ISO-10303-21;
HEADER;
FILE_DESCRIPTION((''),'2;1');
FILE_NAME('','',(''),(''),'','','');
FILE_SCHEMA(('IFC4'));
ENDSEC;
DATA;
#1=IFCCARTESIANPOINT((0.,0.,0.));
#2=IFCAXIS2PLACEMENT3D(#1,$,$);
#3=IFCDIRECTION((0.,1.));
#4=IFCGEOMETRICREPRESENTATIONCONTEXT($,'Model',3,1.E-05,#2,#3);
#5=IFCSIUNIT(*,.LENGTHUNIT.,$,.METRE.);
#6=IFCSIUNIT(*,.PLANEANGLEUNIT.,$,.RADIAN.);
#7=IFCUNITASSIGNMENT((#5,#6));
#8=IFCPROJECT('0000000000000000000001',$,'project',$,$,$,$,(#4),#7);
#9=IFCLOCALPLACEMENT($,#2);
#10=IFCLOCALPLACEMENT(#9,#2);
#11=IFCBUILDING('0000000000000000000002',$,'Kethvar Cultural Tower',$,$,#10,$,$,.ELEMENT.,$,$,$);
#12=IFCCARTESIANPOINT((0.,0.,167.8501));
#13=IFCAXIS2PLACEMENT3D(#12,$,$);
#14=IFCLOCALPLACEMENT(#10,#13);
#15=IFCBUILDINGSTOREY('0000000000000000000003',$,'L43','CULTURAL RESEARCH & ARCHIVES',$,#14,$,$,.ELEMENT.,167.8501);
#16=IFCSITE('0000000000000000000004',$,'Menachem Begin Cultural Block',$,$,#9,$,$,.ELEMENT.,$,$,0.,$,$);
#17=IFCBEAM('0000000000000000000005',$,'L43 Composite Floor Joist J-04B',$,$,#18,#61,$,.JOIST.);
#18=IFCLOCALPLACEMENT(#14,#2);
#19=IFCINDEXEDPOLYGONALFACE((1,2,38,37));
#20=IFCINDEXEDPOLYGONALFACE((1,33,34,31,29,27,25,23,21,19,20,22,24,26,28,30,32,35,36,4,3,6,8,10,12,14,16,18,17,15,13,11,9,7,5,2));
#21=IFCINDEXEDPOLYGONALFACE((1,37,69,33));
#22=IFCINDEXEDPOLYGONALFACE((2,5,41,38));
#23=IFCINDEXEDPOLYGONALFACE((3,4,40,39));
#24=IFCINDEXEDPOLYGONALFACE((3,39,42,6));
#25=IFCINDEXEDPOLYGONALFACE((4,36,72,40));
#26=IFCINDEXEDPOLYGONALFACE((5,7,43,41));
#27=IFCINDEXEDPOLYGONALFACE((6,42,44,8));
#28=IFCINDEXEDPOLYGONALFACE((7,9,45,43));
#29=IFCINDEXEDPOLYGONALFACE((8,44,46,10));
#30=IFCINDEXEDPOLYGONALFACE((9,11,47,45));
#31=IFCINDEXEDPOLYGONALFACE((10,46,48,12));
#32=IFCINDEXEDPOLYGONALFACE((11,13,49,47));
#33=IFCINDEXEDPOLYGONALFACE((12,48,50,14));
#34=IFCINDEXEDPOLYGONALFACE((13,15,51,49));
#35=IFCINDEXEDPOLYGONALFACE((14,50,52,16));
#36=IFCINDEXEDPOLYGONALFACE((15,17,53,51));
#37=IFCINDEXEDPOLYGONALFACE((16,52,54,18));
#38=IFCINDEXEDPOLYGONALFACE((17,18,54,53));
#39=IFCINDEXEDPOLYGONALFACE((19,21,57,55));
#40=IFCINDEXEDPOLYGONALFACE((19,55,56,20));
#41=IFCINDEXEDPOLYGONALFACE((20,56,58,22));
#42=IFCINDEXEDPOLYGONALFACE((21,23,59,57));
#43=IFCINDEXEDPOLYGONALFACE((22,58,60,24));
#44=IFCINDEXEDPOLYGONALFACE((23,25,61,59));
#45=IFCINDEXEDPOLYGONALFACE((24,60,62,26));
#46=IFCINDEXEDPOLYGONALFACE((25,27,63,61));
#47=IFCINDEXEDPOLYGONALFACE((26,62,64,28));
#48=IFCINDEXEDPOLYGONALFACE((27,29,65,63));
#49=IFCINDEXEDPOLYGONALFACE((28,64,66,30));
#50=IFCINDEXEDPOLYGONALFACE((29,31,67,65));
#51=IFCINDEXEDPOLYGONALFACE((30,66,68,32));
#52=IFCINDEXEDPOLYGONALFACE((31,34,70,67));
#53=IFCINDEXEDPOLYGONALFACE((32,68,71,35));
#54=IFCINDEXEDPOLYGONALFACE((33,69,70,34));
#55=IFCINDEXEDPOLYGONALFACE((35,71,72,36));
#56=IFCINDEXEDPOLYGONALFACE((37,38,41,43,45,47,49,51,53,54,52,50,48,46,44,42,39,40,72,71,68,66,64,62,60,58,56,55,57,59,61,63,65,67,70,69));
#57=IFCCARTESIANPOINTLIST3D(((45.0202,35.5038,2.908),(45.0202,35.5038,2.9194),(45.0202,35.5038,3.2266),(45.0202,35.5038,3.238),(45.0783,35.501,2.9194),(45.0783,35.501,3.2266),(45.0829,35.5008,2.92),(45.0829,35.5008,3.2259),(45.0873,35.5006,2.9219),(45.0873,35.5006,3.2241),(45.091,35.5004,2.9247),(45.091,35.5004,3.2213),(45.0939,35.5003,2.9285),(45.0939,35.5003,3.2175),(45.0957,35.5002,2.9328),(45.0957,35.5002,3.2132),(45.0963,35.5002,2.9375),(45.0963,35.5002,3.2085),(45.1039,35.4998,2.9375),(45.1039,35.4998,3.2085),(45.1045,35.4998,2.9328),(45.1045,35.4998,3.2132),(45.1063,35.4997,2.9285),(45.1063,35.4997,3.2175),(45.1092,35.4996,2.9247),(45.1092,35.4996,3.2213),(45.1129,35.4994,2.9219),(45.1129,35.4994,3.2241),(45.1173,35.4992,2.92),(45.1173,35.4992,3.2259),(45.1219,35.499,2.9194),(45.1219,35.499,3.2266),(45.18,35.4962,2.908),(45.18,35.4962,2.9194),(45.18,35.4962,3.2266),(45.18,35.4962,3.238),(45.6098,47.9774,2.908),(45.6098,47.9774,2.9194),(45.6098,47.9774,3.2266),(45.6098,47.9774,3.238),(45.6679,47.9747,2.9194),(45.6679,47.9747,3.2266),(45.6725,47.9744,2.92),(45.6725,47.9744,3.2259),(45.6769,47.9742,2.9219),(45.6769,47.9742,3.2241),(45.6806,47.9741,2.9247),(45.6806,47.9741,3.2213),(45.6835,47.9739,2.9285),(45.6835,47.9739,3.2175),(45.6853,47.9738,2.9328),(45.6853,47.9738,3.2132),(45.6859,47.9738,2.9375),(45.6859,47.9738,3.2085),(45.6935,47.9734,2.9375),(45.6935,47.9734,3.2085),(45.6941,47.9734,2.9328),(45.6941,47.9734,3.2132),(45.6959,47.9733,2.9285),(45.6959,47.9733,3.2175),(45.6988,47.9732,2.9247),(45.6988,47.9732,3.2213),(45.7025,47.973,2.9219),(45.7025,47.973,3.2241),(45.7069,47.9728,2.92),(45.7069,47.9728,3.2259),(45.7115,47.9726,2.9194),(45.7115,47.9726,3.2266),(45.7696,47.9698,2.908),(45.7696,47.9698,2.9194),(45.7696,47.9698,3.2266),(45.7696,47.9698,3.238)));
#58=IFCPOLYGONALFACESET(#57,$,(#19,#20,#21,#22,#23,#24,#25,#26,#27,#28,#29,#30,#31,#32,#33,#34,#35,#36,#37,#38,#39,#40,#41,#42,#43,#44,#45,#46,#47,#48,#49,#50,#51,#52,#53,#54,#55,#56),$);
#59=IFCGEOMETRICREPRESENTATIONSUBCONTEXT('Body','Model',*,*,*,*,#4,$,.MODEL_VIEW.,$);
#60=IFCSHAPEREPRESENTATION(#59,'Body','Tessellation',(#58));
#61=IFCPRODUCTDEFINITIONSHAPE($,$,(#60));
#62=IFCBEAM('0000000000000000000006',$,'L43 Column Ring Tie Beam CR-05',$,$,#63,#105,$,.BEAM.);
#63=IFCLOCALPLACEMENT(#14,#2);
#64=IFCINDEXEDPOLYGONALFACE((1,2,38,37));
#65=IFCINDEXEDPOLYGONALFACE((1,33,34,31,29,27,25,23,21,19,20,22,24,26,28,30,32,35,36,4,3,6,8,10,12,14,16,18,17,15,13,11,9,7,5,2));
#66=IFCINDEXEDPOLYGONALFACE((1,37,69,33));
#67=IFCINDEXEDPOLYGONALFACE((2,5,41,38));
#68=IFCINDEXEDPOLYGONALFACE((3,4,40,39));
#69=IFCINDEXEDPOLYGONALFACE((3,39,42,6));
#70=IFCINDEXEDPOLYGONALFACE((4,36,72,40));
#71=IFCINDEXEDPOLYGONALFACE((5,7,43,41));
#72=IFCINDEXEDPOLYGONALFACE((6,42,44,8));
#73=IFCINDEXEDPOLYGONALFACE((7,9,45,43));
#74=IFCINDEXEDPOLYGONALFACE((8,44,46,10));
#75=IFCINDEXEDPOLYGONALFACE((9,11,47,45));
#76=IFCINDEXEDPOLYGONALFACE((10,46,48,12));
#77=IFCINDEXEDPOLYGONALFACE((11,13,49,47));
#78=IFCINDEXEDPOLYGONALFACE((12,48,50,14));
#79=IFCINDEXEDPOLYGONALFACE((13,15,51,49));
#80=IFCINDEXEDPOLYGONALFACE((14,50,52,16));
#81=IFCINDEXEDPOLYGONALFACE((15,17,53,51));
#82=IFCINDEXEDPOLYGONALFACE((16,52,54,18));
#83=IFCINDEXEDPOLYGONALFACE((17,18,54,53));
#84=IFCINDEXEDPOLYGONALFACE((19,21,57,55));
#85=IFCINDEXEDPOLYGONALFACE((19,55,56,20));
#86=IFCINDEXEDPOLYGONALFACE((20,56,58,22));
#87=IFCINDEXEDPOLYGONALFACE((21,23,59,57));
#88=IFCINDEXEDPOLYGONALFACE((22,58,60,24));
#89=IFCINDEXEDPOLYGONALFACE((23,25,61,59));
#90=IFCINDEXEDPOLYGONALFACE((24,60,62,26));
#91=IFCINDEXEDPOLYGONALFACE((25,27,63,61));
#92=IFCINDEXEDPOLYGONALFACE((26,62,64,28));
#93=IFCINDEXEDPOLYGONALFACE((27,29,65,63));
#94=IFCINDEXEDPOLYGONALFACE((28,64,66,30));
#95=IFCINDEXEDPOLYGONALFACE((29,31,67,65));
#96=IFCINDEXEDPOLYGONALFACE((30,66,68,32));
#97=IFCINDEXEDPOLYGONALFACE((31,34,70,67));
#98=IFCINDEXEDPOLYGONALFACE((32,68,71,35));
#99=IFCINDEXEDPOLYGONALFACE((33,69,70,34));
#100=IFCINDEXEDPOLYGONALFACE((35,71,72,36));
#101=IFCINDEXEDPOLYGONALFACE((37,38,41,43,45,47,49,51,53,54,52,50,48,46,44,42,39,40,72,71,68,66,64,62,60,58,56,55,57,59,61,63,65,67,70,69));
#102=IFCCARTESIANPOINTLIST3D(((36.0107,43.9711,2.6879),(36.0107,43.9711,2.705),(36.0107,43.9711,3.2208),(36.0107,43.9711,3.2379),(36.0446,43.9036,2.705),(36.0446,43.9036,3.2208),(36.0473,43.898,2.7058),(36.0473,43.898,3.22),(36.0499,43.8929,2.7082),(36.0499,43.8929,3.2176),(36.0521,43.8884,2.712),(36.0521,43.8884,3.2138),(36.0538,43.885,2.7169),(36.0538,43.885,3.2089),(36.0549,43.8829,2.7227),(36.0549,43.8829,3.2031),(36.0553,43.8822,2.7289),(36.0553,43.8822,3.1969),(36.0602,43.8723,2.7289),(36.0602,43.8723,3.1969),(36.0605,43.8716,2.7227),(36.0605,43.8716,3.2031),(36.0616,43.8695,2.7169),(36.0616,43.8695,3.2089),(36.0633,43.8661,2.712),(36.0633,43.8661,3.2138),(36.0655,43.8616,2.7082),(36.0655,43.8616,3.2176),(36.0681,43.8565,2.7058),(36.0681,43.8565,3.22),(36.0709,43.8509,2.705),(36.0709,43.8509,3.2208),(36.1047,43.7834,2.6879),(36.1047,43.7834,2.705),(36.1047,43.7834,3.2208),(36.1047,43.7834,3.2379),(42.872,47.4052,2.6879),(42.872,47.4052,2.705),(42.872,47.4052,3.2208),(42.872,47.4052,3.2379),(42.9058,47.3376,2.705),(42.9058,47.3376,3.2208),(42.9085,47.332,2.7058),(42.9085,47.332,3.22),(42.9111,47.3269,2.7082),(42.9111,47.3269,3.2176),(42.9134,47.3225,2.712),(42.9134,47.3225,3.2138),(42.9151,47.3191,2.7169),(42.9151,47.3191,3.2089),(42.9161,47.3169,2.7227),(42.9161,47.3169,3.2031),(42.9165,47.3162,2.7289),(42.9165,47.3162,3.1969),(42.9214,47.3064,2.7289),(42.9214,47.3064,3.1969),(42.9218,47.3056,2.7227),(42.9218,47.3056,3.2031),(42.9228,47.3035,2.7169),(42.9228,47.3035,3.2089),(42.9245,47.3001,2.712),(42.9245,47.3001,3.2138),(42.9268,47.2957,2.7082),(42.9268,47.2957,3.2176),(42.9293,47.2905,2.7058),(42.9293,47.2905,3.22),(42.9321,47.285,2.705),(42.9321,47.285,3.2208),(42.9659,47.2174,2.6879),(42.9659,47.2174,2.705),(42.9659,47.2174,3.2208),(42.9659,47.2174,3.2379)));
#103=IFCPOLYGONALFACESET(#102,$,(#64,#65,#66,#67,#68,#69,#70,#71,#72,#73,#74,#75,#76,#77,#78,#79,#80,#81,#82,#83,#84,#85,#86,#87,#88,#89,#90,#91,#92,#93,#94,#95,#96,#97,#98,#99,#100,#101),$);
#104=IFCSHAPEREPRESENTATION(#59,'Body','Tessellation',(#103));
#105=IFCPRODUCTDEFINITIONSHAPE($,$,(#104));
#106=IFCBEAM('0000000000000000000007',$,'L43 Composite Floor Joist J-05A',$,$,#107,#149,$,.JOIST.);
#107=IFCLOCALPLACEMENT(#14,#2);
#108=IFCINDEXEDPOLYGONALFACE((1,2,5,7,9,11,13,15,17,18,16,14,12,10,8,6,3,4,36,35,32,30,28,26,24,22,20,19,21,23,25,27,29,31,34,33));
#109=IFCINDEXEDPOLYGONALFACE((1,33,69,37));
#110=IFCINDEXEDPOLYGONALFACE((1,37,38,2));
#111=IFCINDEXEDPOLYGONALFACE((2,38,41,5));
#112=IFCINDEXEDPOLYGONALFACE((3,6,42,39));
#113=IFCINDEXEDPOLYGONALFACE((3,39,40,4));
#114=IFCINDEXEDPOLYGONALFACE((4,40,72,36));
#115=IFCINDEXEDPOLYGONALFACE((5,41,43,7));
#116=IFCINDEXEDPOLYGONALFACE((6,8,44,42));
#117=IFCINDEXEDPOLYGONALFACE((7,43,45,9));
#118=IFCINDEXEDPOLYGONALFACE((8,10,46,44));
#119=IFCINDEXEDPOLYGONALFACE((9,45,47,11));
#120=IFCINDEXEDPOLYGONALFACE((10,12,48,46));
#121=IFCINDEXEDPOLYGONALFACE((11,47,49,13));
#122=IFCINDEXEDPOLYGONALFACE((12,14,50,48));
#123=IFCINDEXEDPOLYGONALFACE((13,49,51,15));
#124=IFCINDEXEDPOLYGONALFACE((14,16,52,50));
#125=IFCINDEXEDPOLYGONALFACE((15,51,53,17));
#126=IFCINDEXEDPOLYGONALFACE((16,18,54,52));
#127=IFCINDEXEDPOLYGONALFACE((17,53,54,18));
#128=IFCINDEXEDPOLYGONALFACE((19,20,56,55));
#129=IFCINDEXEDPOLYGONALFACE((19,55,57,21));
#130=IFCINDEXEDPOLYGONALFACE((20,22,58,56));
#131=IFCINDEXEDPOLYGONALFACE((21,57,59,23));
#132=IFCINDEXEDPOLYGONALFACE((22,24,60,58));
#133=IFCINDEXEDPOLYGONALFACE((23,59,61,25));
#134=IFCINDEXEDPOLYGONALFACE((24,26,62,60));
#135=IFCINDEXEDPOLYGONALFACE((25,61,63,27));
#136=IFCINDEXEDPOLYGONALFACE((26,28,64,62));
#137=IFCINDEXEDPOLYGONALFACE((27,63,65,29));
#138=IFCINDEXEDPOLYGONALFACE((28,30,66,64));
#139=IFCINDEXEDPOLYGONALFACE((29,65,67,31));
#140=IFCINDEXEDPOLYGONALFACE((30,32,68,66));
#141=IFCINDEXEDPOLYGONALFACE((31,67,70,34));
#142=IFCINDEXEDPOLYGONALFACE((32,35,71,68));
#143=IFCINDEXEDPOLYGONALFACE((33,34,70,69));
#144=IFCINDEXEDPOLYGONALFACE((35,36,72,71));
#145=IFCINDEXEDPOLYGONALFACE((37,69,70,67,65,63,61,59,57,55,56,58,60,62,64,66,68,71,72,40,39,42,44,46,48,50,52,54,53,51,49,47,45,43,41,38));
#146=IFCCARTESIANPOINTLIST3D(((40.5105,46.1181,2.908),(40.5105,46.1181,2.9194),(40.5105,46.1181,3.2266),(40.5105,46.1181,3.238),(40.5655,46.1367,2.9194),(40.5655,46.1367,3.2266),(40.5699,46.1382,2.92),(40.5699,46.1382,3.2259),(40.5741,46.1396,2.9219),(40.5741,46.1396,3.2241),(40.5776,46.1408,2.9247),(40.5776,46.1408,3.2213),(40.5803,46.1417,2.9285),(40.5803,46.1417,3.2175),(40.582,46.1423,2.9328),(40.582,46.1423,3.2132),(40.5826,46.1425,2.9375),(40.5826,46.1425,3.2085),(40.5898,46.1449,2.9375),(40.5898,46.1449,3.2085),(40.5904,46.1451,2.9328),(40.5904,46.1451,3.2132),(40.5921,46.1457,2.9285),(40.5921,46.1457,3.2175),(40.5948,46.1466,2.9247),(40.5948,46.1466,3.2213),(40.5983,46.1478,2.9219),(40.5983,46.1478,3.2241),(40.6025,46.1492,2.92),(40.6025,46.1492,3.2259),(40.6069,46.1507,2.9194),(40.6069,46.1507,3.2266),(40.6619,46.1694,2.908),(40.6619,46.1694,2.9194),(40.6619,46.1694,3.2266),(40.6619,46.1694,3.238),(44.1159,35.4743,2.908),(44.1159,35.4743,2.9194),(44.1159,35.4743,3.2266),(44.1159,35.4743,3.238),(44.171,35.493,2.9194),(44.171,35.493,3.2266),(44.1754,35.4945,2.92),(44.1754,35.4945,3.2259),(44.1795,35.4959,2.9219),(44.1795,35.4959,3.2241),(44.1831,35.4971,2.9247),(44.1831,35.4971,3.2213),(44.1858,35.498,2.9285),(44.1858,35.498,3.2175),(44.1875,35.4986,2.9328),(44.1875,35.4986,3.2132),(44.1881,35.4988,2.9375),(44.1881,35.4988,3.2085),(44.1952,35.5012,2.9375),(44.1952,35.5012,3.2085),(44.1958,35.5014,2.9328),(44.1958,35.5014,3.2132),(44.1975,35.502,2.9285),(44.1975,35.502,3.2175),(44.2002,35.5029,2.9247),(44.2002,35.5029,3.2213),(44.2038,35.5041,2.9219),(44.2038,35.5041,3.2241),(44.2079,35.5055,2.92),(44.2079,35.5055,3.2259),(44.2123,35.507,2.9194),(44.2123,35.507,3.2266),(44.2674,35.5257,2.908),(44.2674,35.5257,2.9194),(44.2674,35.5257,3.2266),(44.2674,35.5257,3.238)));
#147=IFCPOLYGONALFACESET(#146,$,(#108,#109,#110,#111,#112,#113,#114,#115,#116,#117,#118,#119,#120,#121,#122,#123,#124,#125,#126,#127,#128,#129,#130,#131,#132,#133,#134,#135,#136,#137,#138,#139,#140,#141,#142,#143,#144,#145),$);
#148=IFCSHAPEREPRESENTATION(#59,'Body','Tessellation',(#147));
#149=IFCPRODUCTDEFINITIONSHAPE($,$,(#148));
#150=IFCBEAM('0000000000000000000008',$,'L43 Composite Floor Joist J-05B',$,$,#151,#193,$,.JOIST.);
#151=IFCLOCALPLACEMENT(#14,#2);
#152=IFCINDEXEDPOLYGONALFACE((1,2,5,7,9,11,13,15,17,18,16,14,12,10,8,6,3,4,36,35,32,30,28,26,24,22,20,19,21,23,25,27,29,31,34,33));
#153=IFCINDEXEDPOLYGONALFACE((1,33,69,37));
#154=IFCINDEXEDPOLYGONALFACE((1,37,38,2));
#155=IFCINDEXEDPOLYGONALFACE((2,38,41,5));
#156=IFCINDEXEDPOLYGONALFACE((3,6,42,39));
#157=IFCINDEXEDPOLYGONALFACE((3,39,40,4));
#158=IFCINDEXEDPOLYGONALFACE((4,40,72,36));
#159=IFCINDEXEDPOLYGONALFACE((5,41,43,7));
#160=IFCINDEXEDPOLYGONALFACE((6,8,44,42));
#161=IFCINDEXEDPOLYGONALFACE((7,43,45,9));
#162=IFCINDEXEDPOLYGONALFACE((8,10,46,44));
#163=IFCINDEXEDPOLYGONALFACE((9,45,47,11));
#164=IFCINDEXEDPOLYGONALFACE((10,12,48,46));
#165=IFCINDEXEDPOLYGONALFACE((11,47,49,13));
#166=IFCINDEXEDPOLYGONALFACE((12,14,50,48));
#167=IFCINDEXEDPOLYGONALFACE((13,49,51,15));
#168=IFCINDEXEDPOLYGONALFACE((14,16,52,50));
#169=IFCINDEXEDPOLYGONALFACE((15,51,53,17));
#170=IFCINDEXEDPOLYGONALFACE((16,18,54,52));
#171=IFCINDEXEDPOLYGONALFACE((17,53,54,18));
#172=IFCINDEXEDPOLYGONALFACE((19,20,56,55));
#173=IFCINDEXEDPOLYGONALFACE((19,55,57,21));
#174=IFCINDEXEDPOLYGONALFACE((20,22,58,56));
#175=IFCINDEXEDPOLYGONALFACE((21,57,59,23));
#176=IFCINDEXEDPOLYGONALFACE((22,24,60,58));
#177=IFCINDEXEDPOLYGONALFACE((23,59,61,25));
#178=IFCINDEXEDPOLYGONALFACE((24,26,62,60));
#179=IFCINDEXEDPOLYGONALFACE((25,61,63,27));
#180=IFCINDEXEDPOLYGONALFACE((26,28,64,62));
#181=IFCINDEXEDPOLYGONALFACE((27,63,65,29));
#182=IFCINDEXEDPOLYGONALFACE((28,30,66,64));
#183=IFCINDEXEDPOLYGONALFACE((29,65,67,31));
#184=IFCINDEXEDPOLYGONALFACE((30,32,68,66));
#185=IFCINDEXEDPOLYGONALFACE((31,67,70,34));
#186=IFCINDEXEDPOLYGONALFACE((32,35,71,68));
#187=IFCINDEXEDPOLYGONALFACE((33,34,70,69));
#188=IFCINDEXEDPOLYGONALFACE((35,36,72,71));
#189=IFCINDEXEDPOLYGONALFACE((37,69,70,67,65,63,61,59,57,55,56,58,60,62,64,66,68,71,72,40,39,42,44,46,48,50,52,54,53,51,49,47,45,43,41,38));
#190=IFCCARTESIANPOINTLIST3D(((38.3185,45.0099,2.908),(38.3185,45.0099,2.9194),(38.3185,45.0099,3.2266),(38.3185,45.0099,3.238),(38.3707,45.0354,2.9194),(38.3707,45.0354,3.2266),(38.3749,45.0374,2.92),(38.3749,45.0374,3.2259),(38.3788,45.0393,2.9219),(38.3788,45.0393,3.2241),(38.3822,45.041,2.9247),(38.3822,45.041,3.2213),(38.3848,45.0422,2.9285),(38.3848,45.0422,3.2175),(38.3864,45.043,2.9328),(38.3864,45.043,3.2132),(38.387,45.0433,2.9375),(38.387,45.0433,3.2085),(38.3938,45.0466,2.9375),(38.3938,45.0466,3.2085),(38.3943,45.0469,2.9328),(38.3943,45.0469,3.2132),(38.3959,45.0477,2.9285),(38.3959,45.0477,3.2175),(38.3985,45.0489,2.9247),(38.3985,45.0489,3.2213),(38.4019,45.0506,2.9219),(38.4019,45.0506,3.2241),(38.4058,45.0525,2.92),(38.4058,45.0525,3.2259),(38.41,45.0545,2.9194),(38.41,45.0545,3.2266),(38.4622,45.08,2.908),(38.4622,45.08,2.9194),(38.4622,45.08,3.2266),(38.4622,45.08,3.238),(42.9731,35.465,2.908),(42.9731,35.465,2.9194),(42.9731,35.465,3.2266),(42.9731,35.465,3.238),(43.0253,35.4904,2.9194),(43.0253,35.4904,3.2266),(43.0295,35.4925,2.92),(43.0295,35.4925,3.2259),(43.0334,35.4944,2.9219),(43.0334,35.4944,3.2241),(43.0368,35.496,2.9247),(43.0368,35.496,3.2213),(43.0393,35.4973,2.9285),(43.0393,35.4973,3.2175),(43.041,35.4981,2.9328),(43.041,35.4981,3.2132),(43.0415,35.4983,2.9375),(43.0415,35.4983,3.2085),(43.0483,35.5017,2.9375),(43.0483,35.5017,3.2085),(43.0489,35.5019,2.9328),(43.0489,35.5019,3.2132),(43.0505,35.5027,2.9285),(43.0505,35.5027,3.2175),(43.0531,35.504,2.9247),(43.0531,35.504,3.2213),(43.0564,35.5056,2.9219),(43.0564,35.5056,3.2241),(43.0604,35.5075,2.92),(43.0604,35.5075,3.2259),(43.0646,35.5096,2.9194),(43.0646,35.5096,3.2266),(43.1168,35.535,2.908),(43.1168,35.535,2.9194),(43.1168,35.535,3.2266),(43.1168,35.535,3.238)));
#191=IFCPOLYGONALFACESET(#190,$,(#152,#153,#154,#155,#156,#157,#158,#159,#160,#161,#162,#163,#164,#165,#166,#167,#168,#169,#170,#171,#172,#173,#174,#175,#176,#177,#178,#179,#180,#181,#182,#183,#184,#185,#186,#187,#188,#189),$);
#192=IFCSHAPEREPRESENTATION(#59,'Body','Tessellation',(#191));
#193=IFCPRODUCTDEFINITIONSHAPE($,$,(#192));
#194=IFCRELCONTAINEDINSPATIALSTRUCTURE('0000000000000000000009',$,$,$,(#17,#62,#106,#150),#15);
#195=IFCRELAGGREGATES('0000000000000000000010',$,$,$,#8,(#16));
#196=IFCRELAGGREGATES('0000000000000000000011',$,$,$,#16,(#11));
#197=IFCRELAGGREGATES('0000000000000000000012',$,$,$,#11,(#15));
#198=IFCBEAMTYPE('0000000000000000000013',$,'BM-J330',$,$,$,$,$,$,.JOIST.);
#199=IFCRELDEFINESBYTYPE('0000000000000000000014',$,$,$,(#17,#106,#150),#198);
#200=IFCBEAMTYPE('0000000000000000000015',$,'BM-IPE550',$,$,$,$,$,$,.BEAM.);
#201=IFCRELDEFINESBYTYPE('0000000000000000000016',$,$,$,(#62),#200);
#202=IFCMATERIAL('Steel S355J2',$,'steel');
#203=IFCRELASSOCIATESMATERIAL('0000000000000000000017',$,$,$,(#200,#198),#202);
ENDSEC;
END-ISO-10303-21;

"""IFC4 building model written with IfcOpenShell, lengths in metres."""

from ifc_helpers import new_model, si_unit, direction, frame, origin, origin_2d, place, context, subcontext, project, spatial, i_section, extrude, source, transform, mapped, material, material_profile, profile_set, type_object, element, save


model = new_model("IFC4")

# Units and contexts
model_context = context("Model", 3, precision=1e-05, world=origin(), true_north=direction((0.0, 1.0)))
body_context = subcontext(model_context, "Body", "Model", "MODEL_VIEW")
ifc_project = project(units=[si_unit("LENGTHUNIT", "METRE"), si_unit("PLANEANGLEUNIT", "RADIAN")], contexts=[model_context])

# Site, building, storey
site_placement = place(None, origin())
site = spatial("IfcSite", under=ifc_project, at=site_placement, Name="Menachem Begin Cultural Block", CompositionType="ELEMENT", RefElevation=0.0)
building_placement = place(site_placement, origin())
building = spatial("IfcBuilding", under=site, at=building_placement, Name="Kethvar Cultural Tower", CompositionType="ELEMENT")
storey_placement = place(building_placement, frame((0.0, 0.0, 167.8501)))
storey = spatial("IfcBuildingStorey", under=building, at=storey_placement, Name="L43", Description="CULTURAL RESEARCH & ARCHIVES", CompositionType="ELEMENT", Elevation=167.8501)

# Beams
ifc_material_1 = material(Name="Steel S355J2", Category="steel")
ifc_material_profile_1 = material_profile(ifc_material_1, i_section(OverallWidth=0.21, OverallDepth=0.55, WebThickness=0.011, FlangeThickness=0.0171, FilletRadius=0.0239, at=origin_2d()), Name="Steel S355J2 — IPE550")
ifc_profile_set_1 = profile_set([ifc_material_profile_1], Name="Steel S355J2 — IPE550")
beam_type_1 = type_object("IfcBeamType", Name="BM-IPE550", PredefinedType="BEAM", material=ifc_profile_set_1)
ifc_material_profile_2 = material_profile(ifc_material_1, i_section(OverallWidth=0.1599, OverallDepth=0.3301, WebThickness=0.0076, FlangeThickness=0.0115, FilletRadius=0.0181, at=origin_2d()), Name="Steel S355J2 — IPE330")
ifc_profile_set_2 = profile_set([ifc_material_profile_2], Name="Steel S355J2 — IPE330")
beam_type_2 = type_object("IfcBeamType", Name="BM-J330", PredefinedType="JOIST", material=ifc_profile_set_2)
shared_shape_1 = source(origin(), body_context, "Body", "SweptSolid", [
    extrude(i_section(OverallWidth=0.1599, OverallDepth=0.3301, WebThickness=0.0076, FlangeThickness=0.0115, FilletRadius=0.0181, at=origin_2d()), origin(), (0.0, 0.0, 1.0), 12.4875),
])
beam_1_placement = place(storey_placement, frame((45.1001, 35.5, 3.073), z_axis=(0.047215, 0.998885, 0.0), x_axis=(-0.998885, 0.047215, 0.0)))
element("IfcBeam", 1, at=beam_1_placement, inside=storey, type_object=beam_type_2, Name="L43 Composite Floor Joist J-04B", PredefinedType="JOIST", context=body_context, shape_type="MappedRepresentation", body=[
    mapped(shared_shape_1, transform((0.0, 0.0, 0.0), scale=1.0)),
])
shared_shape_2 = source(origin(), body_context, "Body", "SweptSolid", [
    extrude(i_section(OverallWidth=0.21, OverallDepth=0.55, WebThickness=0.011, FlangeThickness=0.0171, FilletRadius=0.0239, at=origin_2d()), origin(), (0.0, 0.0, 1.0), 7.6726),
])
beam_2_placement = place(storey_placement, frame((42.9189, 47.3113, 2.9629), z_axis=(-0.894249, -0.44757, 0.0), x_axis=(0.44757, -0.894249, 0.0)))
element("IfcBeam", 2, at=beam_2_placement, inside=storey, type_object=beam_type_1, Name="L43 Column Ring Tie Beam CR-05", PredefinedType="BEAM", context=body_context, shape_type="MappedRepresentation", body=[
    mapped(shared_shape_2, transform((0.0, 0.0, 0.0), scale=1.0)),
])
shared_shape_3 = source(origin(), body_context, "Body", "SweptSolid", [
    extrude(i_section(OverallWidth=0.1599, OverallDepth=0.3301, WebThickness=0.0076, FlangeThickness=0.0115, FilletRadius=0.0181, at=origin_2d()), origin(), (0.0, 0.0, 1.0), 11.2378),
])
beam_3_placement = place(storey_placement, frame((44.1917, 35.5, 3.073), z_axis=(-0.320832, 0.947136, 0.0), x_axis=(-0.947136, -0.320832, 0.0)))
element("IfcBeam", 3, at=beam_3_placement, inside=storey, type_object=beam_type_2, Name="L43 Composite Floor Joist J-05A", PredefinedType="JOIST", context=body_context, shape_type="MappedRepresentation", body=[
    mapped(shared_shape_3, transform((0.0, 0.0, 0.0), scale=1.0)),
])
shared_shape_4 = source(origin(), body_context, "Body", "SweptSolid", [
    extrude(i_section(OverallWidth=0.1599, OverallDepth=0.3301, WebThickness=0.0076, FlangeThickness=0.0115, FilletRadius=0.0181, at=origin_2d()), origin(), (0.0, 0.0, 1.0), 10.6194),
])
beam_4_placement = place(storey_placement, frame((43.0449, 35.5, 3.073), z_axis=(-0.438308, 0.898825, 0.0), x_axis=(-0.898825, -0.438308, 0.0)))
element("IfcBeam", 4, at=beam_4_placement, inside=storey, type_object=beam_type_2, Name="L43 Composite Floor Joist J-05B", PredefinedType="JOIST", context=body_context, shape_type="MappedRepresentation", body=[
    mapped(shared_shape_4, transform((0.0, 0.0, 0.0), scale=1.0)),
])

save(model, "model.ifc")
